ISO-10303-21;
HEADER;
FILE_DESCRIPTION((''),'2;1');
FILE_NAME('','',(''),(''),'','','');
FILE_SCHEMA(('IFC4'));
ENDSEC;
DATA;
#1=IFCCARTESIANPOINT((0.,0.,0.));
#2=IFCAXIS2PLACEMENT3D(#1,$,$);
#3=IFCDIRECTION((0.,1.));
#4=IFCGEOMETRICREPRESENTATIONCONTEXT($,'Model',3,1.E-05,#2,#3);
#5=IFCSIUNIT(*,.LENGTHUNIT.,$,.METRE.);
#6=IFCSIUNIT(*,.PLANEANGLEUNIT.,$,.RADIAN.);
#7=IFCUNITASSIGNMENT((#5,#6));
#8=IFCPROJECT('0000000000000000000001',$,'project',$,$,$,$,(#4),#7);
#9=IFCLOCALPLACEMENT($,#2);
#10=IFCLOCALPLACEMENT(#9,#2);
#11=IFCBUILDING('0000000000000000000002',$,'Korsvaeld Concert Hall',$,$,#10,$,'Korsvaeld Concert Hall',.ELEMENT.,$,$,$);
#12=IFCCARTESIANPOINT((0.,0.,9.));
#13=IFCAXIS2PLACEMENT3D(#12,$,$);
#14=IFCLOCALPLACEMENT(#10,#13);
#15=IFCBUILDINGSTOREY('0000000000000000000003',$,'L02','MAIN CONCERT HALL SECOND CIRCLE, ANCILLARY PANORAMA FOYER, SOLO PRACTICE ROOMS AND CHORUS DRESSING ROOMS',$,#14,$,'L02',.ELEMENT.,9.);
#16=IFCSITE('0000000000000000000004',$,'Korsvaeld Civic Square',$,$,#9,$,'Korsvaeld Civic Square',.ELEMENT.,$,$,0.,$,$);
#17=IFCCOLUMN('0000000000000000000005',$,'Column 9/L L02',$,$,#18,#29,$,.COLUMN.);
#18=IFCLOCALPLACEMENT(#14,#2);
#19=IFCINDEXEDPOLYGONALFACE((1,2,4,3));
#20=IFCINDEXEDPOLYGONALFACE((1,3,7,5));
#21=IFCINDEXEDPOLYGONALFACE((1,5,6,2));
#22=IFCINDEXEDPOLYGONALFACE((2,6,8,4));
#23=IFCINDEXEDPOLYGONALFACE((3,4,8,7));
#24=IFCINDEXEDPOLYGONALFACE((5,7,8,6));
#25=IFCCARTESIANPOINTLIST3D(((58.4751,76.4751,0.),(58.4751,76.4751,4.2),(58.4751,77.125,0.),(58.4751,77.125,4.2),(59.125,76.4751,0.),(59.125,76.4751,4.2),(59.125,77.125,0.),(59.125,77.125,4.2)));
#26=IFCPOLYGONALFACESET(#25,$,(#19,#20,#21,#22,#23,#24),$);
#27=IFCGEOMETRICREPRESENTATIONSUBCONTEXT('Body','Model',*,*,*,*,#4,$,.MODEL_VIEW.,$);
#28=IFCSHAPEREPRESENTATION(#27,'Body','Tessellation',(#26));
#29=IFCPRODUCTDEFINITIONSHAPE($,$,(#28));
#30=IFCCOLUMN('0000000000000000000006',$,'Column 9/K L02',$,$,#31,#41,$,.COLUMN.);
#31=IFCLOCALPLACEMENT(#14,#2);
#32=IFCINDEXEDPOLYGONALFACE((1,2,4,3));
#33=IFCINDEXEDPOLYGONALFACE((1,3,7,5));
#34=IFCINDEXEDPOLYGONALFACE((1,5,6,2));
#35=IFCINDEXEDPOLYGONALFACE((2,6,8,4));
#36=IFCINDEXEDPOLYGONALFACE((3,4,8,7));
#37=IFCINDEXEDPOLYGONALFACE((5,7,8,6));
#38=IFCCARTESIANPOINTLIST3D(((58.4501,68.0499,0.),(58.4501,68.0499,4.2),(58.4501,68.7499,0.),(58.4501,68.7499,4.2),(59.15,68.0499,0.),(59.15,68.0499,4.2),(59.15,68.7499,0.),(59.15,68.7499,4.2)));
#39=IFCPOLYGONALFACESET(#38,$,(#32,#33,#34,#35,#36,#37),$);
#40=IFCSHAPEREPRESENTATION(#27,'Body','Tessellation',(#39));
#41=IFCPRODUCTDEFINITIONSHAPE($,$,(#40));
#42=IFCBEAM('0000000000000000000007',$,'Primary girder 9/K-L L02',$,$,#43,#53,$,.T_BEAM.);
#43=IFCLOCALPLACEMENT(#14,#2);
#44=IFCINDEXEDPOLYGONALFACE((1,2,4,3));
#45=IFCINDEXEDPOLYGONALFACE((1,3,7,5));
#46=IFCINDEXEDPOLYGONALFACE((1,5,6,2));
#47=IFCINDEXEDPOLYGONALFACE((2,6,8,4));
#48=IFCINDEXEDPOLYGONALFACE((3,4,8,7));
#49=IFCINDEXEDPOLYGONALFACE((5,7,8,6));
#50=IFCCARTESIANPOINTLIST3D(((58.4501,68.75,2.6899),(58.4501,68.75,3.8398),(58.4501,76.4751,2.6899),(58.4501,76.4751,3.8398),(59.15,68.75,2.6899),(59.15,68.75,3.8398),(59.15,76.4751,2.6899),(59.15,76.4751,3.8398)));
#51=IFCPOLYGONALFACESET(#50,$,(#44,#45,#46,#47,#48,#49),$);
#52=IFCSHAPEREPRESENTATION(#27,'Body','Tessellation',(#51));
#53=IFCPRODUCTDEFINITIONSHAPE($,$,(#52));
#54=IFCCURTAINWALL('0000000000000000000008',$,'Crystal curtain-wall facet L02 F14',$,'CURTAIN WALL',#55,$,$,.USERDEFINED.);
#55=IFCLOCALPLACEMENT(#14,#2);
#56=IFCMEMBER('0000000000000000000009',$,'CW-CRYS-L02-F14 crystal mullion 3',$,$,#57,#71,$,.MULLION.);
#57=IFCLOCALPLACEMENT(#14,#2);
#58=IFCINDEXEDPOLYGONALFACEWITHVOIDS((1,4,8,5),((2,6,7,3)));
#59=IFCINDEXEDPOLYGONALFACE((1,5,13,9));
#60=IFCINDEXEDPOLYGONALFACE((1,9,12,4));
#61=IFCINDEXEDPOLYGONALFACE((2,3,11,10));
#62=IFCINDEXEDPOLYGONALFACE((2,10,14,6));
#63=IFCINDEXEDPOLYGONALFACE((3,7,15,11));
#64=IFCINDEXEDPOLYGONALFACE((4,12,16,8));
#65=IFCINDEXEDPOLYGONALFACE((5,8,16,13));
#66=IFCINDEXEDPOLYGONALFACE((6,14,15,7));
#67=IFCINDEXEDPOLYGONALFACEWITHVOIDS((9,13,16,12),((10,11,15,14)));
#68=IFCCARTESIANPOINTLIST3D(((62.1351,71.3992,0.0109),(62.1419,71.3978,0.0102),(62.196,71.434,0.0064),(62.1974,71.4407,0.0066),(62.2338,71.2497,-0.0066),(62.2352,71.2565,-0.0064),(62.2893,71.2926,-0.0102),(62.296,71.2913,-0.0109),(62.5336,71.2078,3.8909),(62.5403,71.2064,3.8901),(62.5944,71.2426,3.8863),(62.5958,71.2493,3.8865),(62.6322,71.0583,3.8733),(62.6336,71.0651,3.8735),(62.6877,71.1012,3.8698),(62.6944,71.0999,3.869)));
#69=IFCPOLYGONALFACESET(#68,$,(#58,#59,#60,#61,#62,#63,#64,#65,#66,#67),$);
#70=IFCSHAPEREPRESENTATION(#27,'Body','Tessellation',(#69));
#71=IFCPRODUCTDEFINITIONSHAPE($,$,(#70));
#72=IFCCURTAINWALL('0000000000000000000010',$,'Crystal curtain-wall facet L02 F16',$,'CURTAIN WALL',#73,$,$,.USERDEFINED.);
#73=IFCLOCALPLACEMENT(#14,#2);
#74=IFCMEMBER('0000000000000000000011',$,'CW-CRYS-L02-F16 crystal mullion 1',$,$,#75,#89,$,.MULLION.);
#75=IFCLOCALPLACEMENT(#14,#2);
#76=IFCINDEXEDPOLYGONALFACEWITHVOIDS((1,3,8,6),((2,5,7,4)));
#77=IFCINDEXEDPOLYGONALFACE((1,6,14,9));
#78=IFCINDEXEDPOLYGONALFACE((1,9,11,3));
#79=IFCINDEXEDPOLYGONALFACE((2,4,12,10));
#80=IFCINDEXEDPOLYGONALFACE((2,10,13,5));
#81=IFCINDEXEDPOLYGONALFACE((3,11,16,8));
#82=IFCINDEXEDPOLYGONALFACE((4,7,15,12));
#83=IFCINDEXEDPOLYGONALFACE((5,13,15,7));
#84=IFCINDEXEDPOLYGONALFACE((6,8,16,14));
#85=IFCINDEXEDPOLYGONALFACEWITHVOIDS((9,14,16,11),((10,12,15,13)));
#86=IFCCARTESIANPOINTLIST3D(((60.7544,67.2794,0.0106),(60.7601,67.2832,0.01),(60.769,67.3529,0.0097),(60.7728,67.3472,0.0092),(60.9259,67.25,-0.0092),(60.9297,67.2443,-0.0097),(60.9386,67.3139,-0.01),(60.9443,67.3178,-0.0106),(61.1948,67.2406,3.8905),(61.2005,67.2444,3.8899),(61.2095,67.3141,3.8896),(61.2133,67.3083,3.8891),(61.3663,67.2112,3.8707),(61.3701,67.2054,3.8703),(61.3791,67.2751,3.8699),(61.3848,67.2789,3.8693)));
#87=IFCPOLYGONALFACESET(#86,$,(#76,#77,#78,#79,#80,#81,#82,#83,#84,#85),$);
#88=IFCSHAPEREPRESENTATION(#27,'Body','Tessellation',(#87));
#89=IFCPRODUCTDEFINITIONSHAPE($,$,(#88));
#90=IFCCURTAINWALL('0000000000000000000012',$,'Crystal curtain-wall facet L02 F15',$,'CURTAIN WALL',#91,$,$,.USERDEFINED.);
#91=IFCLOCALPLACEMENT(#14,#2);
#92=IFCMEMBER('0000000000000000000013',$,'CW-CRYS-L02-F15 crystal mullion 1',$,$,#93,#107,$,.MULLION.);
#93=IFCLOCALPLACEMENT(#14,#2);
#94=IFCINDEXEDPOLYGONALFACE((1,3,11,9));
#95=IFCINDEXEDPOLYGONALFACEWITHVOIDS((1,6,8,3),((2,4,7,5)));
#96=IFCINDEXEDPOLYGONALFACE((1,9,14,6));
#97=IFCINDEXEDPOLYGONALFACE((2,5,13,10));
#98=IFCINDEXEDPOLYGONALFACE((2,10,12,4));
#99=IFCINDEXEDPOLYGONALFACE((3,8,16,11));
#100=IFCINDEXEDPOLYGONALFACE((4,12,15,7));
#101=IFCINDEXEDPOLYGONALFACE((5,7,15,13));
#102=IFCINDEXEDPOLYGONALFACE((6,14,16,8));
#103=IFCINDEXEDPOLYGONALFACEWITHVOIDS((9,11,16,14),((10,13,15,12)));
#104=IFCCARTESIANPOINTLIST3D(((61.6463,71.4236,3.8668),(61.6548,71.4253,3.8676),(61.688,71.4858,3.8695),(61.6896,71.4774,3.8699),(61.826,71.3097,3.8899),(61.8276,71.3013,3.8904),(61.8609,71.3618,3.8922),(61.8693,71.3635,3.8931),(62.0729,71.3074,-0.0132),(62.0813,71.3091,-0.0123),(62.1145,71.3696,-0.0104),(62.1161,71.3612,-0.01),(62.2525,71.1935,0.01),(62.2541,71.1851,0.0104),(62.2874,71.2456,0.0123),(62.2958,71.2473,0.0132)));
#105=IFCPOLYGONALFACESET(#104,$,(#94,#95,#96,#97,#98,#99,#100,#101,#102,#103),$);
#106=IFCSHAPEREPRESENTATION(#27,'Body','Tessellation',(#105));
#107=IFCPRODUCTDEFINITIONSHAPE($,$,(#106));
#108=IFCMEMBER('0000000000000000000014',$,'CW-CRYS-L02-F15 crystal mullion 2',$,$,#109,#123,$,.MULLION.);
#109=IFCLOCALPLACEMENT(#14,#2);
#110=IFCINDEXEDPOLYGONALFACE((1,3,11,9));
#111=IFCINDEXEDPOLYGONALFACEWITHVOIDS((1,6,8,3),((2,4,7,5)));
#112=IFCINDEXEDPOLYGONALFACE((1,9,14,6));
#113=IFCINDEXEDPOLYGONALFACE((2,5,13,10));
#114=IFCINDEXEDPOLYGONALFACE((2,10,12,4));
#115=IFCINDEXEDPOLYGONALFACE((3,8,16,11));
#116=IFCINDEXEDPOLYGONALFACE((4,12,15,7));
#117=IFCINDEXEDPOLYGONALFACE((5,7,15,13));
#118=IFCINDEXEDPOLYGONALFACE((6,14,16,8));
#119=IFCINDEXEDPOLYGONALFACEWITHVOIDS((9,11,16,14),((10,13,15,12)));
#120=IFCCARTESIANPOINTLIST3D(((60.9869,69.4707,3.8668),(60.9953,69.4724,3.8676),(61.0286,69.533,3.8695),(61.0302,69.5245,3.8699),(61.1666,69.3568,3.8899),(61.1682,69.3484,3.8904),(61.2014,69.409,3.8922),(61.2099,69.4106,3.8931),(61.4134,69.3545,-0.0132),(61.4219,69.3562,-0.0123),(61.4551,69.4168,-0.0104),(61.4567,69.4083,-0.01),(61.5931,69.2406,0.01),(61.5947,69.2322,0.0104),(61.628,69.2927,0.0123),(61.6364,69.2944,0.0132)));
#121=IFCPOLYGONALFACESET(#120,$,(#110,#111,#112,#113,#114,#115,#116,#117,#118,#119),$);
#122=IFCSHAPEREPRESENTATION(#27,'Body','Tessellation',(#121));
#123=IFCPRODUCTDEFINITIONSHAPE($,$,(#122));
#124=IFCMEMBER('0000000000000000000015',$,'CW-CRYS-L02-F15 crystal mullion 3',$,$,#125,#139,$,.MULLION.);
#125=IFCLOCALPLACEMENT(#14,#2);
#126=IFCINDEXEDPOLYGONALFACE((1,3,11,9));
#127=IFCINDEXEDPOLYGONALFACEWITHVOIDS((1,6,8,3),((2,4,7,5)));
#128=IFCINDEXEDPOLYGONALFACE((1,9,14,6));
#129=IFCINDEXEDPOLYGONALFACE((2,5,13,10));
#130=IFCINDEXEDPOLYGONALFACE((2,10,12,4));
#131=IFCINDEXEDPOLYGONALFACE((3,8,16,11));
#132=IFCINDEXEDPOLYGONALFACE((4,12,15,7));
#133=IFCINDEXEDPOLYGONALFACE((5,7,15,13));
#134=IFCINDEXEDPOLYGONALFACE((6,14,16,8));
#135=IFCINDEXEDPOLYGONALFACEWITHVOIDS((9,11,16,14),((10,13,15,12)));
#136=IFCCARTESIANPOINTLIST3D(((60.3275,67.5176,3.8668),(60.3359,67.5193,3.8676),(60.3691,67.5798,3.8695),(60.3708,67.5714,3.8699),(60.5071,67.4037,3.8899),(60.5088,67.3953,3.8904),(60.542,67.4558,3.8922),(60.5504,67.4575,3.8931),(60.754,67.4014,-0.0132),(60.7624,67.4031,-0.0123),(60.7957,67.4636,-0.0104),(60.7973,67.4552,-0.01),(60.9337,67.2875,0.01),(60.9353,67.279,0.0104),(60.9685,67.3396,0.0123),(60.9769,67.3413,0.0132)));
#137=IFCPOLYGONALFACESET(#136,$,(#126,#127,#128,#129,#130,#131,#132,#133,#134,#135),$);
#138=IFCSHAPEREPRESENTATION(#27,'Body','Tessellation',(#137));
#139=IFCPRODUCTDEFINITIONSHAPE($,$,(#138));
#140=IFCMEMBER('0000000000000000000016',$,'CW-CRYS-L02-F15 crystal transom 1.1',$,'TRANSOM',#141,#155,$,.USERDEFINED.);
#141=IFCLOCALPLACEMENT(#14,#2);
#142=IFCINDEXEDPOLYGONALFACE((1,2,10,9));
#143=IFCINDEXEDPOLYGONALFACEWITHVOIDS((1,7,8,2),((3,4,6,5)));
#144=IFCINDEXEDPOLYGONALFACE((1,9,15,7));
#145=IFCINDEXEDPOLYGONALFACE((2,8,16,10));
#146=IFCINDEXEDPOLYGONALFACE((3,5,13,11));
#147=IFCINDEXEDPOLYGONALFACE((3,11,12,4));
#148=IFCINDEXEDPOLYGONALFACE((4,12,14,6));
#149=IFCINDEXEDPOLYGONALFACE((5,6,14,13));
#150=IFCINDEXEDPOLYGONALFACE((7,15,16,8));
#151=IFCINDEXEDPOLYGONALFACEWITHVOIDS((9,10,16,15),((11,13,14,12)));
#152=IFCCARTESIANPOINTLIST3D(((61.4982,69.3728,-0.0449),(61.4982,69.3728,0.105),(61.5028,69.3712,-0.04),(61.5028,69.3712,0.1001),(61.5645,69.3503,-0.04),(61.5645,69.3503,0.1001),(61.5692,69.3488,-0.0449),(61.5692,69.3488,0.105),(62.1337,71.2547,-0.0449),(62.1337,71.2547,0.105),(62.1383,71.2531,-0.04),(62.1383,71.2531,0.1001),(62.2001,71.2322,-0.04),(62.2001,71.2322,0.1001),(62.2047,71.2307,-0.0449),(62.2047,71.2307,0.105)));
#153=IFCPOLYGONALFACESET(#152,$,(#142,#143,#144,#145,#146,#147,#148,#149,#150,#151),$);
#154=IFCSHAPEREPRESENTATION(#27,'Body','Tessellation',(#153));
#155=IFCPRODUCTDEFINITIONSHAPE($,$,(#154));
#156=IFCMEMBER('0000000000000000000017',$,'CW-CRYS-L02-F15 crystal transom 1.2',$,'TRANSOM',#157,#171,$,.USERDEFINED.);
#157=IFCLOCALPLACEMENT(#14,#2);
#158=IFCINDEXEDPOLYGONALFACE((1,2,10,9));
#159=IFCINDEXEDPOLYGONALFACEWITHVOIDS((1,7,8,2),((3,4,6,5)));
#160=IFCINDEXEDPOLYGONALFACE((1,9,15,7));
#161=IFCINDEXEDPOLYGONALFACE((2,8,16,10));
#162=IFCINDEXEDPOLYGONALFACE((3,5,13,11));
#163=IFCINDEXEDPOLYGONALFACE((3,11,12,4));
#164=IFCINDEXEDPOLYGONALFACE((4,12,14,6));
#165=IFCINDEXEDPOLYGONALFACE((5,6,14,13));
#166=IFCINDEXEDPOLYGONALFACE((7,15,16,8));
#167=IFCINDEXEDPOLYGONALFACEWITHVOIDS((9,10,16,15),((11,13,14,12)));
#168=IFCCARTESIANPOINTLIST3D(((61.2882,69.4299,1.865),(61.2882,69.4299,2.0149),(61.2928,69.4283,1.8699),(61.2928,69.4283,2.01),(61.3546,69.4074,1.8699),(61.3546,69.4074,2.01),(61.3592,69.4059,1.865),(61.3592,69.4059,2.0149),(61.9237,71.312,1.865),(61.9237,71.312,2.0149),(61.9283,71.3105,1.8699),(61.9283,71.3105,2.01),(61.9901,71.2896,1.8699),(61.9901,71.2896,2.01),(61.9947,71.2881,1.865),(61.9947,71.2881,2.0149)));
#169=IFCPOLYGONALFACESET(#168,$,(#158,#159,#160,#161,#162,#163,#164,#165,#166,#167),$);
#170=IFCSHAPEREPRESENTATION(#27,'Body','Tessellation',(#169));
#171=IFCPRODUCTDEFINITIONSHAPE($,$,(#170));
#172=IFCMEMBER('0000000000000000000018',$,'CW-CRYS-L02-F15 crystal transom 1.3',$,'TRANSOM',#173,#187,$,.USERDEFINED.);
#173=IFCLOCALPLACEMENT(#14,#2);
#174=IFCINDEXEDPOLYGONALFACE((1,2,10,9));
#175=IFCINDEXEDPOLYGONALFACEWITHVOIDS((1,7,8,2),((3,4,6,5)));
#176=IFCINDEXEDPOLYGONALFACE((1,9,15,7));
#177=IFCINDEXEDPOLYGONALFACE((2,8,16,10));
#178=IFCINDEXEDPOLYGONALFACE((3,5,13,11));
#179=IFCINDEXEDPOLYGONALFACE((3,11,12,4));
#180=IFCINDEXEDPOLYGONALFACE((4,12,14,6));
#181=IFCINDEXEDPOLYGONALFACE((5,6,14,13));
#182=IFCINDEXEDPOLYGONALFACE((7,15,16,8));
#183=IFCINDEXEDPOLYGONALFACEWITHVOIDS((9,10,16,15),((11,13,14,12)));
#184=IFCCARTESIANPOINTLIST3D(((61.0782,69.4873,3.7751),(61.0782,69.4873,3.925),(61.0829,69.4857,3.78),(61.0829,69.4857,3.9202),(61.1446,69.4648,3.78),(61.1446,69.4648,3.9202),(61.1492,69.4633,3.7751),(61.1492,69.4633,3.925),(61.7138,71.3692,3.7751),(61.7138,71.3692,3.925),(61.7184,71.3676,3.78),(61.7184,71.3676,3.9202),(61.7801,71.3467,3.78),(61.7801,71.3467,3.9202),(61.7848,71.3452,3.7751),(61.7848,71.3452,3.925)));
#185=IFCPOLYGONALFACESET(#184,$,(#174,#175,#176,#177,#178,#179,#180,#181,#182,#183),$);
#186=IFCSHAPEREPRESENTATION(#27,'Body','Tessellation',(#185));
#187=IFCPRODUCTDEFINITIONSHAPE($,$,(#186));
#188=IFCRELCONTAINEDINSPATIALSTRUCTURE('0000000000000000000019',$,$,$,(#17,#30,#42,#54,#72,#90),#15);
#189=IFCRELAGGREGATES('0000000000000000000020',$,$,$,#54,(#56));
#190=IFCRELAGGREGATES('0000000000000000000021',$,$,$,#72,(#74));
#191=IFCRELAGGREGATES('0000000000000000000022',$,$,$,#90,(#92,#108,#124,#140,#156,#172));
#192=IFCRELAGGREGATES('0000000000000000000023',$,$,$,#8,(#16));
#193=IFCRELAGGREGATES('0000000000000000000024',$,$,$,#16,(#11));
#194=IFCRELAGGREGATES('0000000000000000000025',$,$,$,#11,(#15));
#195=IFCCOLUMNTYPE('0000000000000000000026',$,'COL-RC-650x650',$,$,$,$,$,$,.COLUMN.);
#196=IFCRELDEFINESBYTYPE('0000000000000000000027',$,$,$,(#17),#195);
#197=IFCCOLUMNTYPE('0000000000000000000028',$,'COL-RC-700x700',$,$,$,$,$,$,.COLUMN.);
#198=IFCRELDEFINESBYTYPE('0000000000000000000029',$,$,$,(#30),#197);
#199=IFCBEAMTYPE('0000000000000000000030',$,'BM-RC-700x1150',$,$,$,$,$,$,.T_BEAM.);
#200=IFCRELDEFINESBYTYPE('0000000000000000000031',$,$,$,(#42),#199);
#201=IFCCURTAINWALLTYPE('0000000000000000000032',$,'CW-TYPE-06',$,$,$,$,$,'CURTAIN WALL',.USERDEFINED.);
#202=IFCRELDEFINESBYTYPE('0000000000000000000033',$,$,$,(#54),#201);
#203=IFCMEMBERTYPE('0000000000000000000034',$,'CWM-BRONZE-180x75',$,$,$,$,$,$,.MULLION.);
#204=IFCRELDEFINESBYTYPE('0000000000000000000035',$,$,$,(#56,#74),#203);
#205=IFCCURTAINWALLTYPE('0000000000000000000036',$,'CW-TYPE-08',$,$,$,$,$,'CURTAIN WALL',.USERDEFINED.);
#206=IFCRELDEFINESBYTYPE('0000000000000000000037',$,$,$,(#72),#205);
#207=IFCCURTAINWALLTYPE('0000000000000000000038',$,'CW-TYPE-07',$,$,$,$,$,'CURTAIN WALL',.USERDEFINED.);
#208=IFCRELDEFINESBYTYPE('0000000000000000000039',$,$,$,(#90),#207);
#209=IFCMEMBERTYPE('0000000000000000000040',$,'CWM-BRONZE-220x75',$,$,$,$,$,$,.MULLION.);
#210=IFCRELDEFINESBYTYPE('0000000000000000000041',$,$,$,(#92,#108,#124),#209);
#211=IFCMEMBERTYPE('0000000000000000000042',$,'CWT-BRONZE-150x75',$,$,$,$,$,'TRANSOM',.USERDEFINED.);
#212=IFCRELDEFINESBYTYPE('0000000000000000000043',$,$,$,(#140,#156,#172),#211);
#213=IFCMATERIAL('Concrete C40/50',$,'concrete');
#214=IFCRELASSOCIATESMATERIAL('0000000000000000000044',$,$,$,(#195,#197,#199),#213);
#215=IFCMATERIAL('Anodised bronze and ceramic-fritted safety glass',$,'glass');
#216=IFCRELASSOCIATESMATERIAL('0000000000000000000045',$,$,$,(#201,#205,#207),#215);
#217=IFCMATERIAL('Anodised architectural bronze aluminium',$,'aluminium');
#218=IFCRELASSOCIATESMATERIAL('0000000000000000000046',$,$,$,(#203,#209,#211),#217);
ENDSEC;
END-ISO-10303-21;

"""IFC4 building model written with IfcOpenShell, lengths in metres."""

from ifc_helpers import new_model, si_unit, direction, frame, origin, origin_2d, place, context, subcontext, project, spatial, rectangle, hollow_rectangle, extrude, material, material_profile, profile_set, type_object, element, aggregate, save


model = new_model("IFC4")

# Units and contexts
model_context = context("Model", 3, precision=1e-05, world=origin(), true_north=direction((0.0, 1.0)))
body_context = subcontext(model_context, "Body", "Model", "MODEL_VIEW")
ifc_project = project(units=[si_unit("LENGTHUNIT", "METRE"), si_unit("PLANEANGLEUNIT", "RADIAN")], contexts=[model_context])

# Site, building, storey
site_placement = place(None, origin())
site = spatial("IfcSite", under=ifc_project, at=site_placement, Name="Korsvaeld Civic Square", LongName="Korsvaeld Civic Square", CompositionType="ELEMENT", RefElevation=0.0)
building_placement = place(site_placement, origin())
building = spatial("IfcBuilding", under=site, at=building_placement, Name="Korsvaeld Concert Hall", LongName="Korsvaeld Concert Hall", CompositionType="ELEMENT")
storey_placement = place(building_placement, frame((0.0, 0.0, 9.0)))
storey = spatial("IfcBuildingStorey", under=building, at=storey_placement, Name="L02", Description="MAIN CONCERT HALL SECOND CIRCLE, ANCILLARY PANORAMA FOYER, SOLO PRACTICE ROOMS AND CHORUS DRESSING ROOMS", LongName="L02", CompositionType="ELEMENT", Elevation=9.0)

# Columns
ifc_material_1 = material(Name="Concrete C40/50", Category="concrete")
ifc_material_profile_1 = material_profile(ifc_material_1, rectangle(XDim=0.6499, YDim=0.6499, at=origin_2d()), Name="RC 650x650")
ifc_profile_set_1 = profile_set([ifc_material_profile_1], Name="Concrete C40/50")
column_type_1 = type_object("IfcColumnType", Name="COL-RC-650x650", PredefinedType="COLUMN", material=ifc_profile_set_1)
column_1_placement = place(storey_placement, frame((58.8, 76.8, 0.0), z_axis=(0.0, 0.0, 1.0), x_axis=(1.0, 0.0, 0.0)))
element("IfcColumn", 1, at=column_1_placement, inside=storey, type_object=column_type_1, Name="Column 9/L L02", PredefinedType="COLUMN", context=body_context, shape_type="SweptSolid", body=[
    extrude(rectangle(XDim=0.6499, YDim=0.6499, at=origin_2d()), origin(), (0.0, 0.0, 1.0), 4.2),
])
ifc_material_profile_2 = material_profile(ifc_material_1, rectangle(XDim=0.7, YDim=0.7, at=origin_2d()), Name="RC 700x700")
ifc_profile_set_2 = profile_set([ifc_material_profile_2], Name="Concrete C40/50")
column_type_2 = type_object("IfcColumnType", Name="COL-RC-700x700", PredefinedType="COLUMN", material=ifc_profile_set_2)
column_2_placement = place(storey_placement, frame((58.8, 68.3999, 0.0), z_axis=(0.0, 0.0, 1.0), x_axis=(1.0, 0.0, 0.0)))
element("IfcColumn", 2, at=column_2_placement, inside=storey, type_object=column_type_2, Name="Column 9/K L02", PredefinedType="COLUMN", context=body_context, shape_type="SweptSolid", body=[
    extrude(rectangle(XDim=0.7, YDim=0.7, at=origin_2d()), origin(), (0.0, 0.0, 1.0), 4.2),
])

# Beam
ifc_material_profile_3 = material_profile(ifc_material_1, rectangle(XDim=0.7, YDim=1.1499, at=origin_2d()), Name="RC 700x1150")
ifc_profile_set_3 = profile_set([ifc_material_profile_3], Name="Concrete C40/50")
beam_type = type_object("IfcBeamType", Name="BM-RC-700x1150", PredefinedType="T_BEAM", material=ifc_profile_set_3)
beam_placement = place(storey_placement, frame((58.8, 68.75, 3.2649), z_axis=(0.0, 1.0, 0.0), x_axis=(-1.0, 0.0, 0.0)))
element("IfcBeam", 3, at=beam_placement, inside=storey, type_object=beam_type, Name="Primary girder 9/K-L L02", PredefinedType="T_BEAM", context=body_context, shape_type="SweptSolid", body=[
    extrude(rectangle(XDim=0.7, YDim=1.1499, at=origin_2d()), origin(), (0.0, 0.0, 1.0), 7.7251),
])

# Curtain walls, members
ifc_material_2 = material(Name="Anodised bronze and ceramic-fritted safety glass", Category="glass")
curtain_wall_type_1 = type_object("IfcCurtainWallType", Name="CW-TYPE-06", ElementType="CURTAIN WALL", PredefinedType="USERDEFINED", material=ifc_material_2)
curtain_wall_1_placement = place(storey_placement, origin())
curtain_wall_1 = element("IfcCurtainWall", 4, at=curtain_wall_1_placement, inside=storey, type_object=curtain_wall_type_1, Name="Crystal curtain-wall facet L02 F14", ObjectType="CURTAIN WALL", PredefinedType="USERDEFINED")
ifc_material_3 = material(Name="Anodised architectural bronze aluminium", Category="aluminium")
ifc_material_profile_4 = material_profile(ifc_material_3, hollow_rectangle(XDim=0.075, YDim=0.1799, WallThickness=0.0049, at=origin_2d()), Name="CWM 180x75x5")
ifc_profile_set_4 = profile_set([ifc_material_profile_4], Name="Anodised architectural bronze aluminium")
member_type_1 = type_object("IfcMemberType", Name="CWM-BRONZE-180x75", PredefinedType="MULLION", material=ifc_profile_set_4)
member_1_placement = place(storey_placement, frame((62.2156, 71.3452, 0.0), z_axis=(0.102033, -0.049016, 0.993573), x_axis=(0.830086, 0.554624, -0.057883)))
member_1 = element("IfcMember", 5, at=member_1_placement, type_object=member_type_1, Name="CW-CRYS-L02-F14 crystal mullion 3", PredefinedType="MULLION", context=body_context, shape_type="SweptSolid", body=[
    extrude(hollow_rectangle(XDim=0.075, YDim=0.1799, WallThickness=0.0049, at=origin_2d()), origin(), (0.0, 0.0, 1.0), 3.905),
])
aggregate(curtain_wall_1, [member_1])
curtain_wall_type_2 = type_object("IfcCurtainWallType", Name="CW-TYPE-08", ElementType="CURTAIN WALL", PredefinedType="USERDEFINED", material=ifc_material_2)
curtain_wall_2_placement = place(storey_placement, origin())
curtain_wall_2 = element("IfcCurtainWall", 6, at=curtain_wall_2_placement, inside=storey, type_object=curtain_wall_type_2, Name="Crystal curtain-wall facet L02 F16", ObjectType="CURTAIN WALL", PredefinedType="USERDEFINED")
member_2_placement = place(storey_placement, frame((60.8494, 67.2986, 0.0), z_axis=(0.112786, -0.009941, 0.99357), x_axis=(0.195151, 0.980695, -0.012341)))
member_2 = element("IfcMember", 7, at=member_2_placement, type_object=member_type_1, Name="CW-CRYS-L02-F16 crystal mullion 1", PredefinedType="MULLION", context=body_context, shape_type="SweptSolid", body=[
    extrude(hollow_rectangle(XDim=0.075, YDim=0.1799, WallThickness=0.0049, at=origin_2d()), origin(), (0.0, 0.0, 1.0), 3.905),
])

# Curtain wall, members
curtain_wall_type_3 = type_object("IfcCurtainWallType", Name="CW-TYPE-07", ElementType="CURTAIN WALL", PredefinedType="USERDEFINED", material=ifc_material_2)
curtain_wall_3_placement = place(storey_placement, origin())
curtain_wall_3 = element("IfcCurtainWall", 8, at=curtain_wall_3_placement, inside=storey, type_object=curtain_wall_type_3, Name="Crystal curtain-wall facet L02 F15", ObjectType="CURTAIN WALL", PredefinedType="USERDEFINED")
ifc_material_profile_5 = material_profile(ifc_material_3, hollow_rectangle(XDim=0.075, YDim=0.22, WallThickness=0.0061, at=origin_2d()), Name="CWM 220x75x6")
ifc_profile_set_5 = profile_set([ifc_material_profile_5], Name="Anodised architectural bronze aluminium")
member_type_2 = type_object("IfcMemberType", Name="CWM-BRONZE-220x75", PredefinedType="MULLION", material=ifc_profile_set_5)
member_3_placement = place(storey_placement, frame((62.1843, 71.2773, 0.0), z_axis=(-0.109223, 0.02976, 0.993572), x_axis=(-0.555751, -0.830559, -0.036216)))
member_3 = element("IfcMember", 9, at=member_3_placement, type_object=member_type_2, Name="CW-CRYS-L02-F15 crystal mullion 1", PredefinedType="MULLION", context=body_context, shape_type="SweptSolid", body=[
    extrude(hollow_rectangle(XDim=0.075, YDim=0.22, WallThickness=0.0061, at=origin_2d()), origin(), (0.0, 0.0, 1.0), 3.905),
])
member_4_placement = place(storey_placement, frame((61.5249, 69.3245, 0.0), z_axis=(-0.109223, 0.02976, 0.993572), x_axis=(-0.555751, -0.830559, -0.036216)))
member_4 = element("IfcMember", 10, at=member_4_placement, type_object=member_type_2, Name="CW-CRYS-L02-F15 crystal mullion 2", PredefinedType="MULLION", context=body_context, shape_type="SweptSolid", body=[
    extrude(hollow_rectangle(XDim=0.075, YDim=0.22, WallThickness=0.0061, at=origin_2d()), origin(), (0.0, 0.0, 1.0), 3.905),
])
member_5_placement = place(storey_placement, frame((60.8655, 67.3713, 0.0), z_axis=(-0.109223, 0.02976, 0.993572), x_axis=(-0.555751, -0.830559, -0.036216)))
member_5 = element("IfcMember", 11, at=member_5_placement, type_object=member_type_2, Name="CW-CRYS-L02-F15 crystal mullion 3", PredefinedType="MULLION", context=body_context, shape_type="SweptSolid", body=[
    extrude(hollow_rectangle(XDim=0.075, YDim=0.22, WallThickness=0.0061, at=origin_2d()), origin(), (0.0, 0.0, 1.0), 3.905),
])
ifc_material_profile_6 = material_profile(ifc_material_3, hollow_rectangle(XDim=0.075, YDim=0.1499, WallThickness=0.0049, at=origin_2d()), Name="CWT 150x75x5")
ifc_profile_set_6 = profile_set([ifc_material_profile_6], Name="Anodised architectural bronze aluminium")
member_type_3 = type_object("IfcMemberType", Name="CWT-BRONZE-150x75", ElementType="TRANSOM", PredefinedType="USERDEFINED", material=ifc_profile_set_6)
member_6_placement = place(storey_placement, frame((62.1692, 71.2427, 0.03), z_axis=(-0.31995, -0.947435, 0.0), x_axis=(0.947435, -0.31995, 0.0)))
member_6 = element("IfcMember", 12, at=member_6_placement, type_object=member_type_3, Name="CW-CRYS-L02-F15 crystal transom 1.1", ObjectType="TRANSOM", PredefinedType="USERDEFINED", context=body_context, shape_type="SweptSolid", body=[
    extrude(hollow_rectangle(XDim=0.075, YDim=0.1499, WallThickness=0.0049, at=origin_2d()), origin(), (0.0, 0.0, 1.0), 1.9863),
])
member_7_placement = place(storey_placement, frame((61.9592, 71.3, 1.9399), z_axis=(-0.319912, -0.947447, 0.0), x_axis=(0.947447, -0.319912, 0.0)))
member_7 = element("IfcMember", 13, at=member_7_placement, type_object=member_type_3, Name="CW-CRYS-L02-F15 crystal transom 1.2", ObjectType="TRANSOM", PredefinedType="USERDEFINED", context=body_context, shape_type="SweptSolid", body=[
    extrude(hollow_rectangle(XDim=0.075, YDim=0.1499, WallThickness=0.0049, at=origin_2d()), origin(), (0.0, 0.0, 1.0), 1.9866),
])
member_8_placement = place(storey_placement, frame((61.7493, 71.3572, 3.8501), z_axis=(-0.31995, -0.947435, 0.0), x_axis=(0.947435, -0.31995, 0.0)))
member_8 = element("IfcMember", 14, at=member_8_placement, type_object=member_type_3, Name="CW-CRYS-L02-F15 crystal transom 1.3", ObjectType="TRANSOM", PredefinedType="USERDEFINED", context=body_context, shape_type="SweptSolid", body=[
    extrude(hollow_rectangle(XDim=0.075, YDim=0.1499, WallThickness=0.0049, at=origin_2d()), origin(), (0.0, 0.0, 1.0), 1.9863),
])

aggregate(curtain_wall_2, [member_2])

aggregate(curtain_wall_3, [member_3, member_4, member_5, member_6, member_7, member_8])

save(model, "model.ifc")
